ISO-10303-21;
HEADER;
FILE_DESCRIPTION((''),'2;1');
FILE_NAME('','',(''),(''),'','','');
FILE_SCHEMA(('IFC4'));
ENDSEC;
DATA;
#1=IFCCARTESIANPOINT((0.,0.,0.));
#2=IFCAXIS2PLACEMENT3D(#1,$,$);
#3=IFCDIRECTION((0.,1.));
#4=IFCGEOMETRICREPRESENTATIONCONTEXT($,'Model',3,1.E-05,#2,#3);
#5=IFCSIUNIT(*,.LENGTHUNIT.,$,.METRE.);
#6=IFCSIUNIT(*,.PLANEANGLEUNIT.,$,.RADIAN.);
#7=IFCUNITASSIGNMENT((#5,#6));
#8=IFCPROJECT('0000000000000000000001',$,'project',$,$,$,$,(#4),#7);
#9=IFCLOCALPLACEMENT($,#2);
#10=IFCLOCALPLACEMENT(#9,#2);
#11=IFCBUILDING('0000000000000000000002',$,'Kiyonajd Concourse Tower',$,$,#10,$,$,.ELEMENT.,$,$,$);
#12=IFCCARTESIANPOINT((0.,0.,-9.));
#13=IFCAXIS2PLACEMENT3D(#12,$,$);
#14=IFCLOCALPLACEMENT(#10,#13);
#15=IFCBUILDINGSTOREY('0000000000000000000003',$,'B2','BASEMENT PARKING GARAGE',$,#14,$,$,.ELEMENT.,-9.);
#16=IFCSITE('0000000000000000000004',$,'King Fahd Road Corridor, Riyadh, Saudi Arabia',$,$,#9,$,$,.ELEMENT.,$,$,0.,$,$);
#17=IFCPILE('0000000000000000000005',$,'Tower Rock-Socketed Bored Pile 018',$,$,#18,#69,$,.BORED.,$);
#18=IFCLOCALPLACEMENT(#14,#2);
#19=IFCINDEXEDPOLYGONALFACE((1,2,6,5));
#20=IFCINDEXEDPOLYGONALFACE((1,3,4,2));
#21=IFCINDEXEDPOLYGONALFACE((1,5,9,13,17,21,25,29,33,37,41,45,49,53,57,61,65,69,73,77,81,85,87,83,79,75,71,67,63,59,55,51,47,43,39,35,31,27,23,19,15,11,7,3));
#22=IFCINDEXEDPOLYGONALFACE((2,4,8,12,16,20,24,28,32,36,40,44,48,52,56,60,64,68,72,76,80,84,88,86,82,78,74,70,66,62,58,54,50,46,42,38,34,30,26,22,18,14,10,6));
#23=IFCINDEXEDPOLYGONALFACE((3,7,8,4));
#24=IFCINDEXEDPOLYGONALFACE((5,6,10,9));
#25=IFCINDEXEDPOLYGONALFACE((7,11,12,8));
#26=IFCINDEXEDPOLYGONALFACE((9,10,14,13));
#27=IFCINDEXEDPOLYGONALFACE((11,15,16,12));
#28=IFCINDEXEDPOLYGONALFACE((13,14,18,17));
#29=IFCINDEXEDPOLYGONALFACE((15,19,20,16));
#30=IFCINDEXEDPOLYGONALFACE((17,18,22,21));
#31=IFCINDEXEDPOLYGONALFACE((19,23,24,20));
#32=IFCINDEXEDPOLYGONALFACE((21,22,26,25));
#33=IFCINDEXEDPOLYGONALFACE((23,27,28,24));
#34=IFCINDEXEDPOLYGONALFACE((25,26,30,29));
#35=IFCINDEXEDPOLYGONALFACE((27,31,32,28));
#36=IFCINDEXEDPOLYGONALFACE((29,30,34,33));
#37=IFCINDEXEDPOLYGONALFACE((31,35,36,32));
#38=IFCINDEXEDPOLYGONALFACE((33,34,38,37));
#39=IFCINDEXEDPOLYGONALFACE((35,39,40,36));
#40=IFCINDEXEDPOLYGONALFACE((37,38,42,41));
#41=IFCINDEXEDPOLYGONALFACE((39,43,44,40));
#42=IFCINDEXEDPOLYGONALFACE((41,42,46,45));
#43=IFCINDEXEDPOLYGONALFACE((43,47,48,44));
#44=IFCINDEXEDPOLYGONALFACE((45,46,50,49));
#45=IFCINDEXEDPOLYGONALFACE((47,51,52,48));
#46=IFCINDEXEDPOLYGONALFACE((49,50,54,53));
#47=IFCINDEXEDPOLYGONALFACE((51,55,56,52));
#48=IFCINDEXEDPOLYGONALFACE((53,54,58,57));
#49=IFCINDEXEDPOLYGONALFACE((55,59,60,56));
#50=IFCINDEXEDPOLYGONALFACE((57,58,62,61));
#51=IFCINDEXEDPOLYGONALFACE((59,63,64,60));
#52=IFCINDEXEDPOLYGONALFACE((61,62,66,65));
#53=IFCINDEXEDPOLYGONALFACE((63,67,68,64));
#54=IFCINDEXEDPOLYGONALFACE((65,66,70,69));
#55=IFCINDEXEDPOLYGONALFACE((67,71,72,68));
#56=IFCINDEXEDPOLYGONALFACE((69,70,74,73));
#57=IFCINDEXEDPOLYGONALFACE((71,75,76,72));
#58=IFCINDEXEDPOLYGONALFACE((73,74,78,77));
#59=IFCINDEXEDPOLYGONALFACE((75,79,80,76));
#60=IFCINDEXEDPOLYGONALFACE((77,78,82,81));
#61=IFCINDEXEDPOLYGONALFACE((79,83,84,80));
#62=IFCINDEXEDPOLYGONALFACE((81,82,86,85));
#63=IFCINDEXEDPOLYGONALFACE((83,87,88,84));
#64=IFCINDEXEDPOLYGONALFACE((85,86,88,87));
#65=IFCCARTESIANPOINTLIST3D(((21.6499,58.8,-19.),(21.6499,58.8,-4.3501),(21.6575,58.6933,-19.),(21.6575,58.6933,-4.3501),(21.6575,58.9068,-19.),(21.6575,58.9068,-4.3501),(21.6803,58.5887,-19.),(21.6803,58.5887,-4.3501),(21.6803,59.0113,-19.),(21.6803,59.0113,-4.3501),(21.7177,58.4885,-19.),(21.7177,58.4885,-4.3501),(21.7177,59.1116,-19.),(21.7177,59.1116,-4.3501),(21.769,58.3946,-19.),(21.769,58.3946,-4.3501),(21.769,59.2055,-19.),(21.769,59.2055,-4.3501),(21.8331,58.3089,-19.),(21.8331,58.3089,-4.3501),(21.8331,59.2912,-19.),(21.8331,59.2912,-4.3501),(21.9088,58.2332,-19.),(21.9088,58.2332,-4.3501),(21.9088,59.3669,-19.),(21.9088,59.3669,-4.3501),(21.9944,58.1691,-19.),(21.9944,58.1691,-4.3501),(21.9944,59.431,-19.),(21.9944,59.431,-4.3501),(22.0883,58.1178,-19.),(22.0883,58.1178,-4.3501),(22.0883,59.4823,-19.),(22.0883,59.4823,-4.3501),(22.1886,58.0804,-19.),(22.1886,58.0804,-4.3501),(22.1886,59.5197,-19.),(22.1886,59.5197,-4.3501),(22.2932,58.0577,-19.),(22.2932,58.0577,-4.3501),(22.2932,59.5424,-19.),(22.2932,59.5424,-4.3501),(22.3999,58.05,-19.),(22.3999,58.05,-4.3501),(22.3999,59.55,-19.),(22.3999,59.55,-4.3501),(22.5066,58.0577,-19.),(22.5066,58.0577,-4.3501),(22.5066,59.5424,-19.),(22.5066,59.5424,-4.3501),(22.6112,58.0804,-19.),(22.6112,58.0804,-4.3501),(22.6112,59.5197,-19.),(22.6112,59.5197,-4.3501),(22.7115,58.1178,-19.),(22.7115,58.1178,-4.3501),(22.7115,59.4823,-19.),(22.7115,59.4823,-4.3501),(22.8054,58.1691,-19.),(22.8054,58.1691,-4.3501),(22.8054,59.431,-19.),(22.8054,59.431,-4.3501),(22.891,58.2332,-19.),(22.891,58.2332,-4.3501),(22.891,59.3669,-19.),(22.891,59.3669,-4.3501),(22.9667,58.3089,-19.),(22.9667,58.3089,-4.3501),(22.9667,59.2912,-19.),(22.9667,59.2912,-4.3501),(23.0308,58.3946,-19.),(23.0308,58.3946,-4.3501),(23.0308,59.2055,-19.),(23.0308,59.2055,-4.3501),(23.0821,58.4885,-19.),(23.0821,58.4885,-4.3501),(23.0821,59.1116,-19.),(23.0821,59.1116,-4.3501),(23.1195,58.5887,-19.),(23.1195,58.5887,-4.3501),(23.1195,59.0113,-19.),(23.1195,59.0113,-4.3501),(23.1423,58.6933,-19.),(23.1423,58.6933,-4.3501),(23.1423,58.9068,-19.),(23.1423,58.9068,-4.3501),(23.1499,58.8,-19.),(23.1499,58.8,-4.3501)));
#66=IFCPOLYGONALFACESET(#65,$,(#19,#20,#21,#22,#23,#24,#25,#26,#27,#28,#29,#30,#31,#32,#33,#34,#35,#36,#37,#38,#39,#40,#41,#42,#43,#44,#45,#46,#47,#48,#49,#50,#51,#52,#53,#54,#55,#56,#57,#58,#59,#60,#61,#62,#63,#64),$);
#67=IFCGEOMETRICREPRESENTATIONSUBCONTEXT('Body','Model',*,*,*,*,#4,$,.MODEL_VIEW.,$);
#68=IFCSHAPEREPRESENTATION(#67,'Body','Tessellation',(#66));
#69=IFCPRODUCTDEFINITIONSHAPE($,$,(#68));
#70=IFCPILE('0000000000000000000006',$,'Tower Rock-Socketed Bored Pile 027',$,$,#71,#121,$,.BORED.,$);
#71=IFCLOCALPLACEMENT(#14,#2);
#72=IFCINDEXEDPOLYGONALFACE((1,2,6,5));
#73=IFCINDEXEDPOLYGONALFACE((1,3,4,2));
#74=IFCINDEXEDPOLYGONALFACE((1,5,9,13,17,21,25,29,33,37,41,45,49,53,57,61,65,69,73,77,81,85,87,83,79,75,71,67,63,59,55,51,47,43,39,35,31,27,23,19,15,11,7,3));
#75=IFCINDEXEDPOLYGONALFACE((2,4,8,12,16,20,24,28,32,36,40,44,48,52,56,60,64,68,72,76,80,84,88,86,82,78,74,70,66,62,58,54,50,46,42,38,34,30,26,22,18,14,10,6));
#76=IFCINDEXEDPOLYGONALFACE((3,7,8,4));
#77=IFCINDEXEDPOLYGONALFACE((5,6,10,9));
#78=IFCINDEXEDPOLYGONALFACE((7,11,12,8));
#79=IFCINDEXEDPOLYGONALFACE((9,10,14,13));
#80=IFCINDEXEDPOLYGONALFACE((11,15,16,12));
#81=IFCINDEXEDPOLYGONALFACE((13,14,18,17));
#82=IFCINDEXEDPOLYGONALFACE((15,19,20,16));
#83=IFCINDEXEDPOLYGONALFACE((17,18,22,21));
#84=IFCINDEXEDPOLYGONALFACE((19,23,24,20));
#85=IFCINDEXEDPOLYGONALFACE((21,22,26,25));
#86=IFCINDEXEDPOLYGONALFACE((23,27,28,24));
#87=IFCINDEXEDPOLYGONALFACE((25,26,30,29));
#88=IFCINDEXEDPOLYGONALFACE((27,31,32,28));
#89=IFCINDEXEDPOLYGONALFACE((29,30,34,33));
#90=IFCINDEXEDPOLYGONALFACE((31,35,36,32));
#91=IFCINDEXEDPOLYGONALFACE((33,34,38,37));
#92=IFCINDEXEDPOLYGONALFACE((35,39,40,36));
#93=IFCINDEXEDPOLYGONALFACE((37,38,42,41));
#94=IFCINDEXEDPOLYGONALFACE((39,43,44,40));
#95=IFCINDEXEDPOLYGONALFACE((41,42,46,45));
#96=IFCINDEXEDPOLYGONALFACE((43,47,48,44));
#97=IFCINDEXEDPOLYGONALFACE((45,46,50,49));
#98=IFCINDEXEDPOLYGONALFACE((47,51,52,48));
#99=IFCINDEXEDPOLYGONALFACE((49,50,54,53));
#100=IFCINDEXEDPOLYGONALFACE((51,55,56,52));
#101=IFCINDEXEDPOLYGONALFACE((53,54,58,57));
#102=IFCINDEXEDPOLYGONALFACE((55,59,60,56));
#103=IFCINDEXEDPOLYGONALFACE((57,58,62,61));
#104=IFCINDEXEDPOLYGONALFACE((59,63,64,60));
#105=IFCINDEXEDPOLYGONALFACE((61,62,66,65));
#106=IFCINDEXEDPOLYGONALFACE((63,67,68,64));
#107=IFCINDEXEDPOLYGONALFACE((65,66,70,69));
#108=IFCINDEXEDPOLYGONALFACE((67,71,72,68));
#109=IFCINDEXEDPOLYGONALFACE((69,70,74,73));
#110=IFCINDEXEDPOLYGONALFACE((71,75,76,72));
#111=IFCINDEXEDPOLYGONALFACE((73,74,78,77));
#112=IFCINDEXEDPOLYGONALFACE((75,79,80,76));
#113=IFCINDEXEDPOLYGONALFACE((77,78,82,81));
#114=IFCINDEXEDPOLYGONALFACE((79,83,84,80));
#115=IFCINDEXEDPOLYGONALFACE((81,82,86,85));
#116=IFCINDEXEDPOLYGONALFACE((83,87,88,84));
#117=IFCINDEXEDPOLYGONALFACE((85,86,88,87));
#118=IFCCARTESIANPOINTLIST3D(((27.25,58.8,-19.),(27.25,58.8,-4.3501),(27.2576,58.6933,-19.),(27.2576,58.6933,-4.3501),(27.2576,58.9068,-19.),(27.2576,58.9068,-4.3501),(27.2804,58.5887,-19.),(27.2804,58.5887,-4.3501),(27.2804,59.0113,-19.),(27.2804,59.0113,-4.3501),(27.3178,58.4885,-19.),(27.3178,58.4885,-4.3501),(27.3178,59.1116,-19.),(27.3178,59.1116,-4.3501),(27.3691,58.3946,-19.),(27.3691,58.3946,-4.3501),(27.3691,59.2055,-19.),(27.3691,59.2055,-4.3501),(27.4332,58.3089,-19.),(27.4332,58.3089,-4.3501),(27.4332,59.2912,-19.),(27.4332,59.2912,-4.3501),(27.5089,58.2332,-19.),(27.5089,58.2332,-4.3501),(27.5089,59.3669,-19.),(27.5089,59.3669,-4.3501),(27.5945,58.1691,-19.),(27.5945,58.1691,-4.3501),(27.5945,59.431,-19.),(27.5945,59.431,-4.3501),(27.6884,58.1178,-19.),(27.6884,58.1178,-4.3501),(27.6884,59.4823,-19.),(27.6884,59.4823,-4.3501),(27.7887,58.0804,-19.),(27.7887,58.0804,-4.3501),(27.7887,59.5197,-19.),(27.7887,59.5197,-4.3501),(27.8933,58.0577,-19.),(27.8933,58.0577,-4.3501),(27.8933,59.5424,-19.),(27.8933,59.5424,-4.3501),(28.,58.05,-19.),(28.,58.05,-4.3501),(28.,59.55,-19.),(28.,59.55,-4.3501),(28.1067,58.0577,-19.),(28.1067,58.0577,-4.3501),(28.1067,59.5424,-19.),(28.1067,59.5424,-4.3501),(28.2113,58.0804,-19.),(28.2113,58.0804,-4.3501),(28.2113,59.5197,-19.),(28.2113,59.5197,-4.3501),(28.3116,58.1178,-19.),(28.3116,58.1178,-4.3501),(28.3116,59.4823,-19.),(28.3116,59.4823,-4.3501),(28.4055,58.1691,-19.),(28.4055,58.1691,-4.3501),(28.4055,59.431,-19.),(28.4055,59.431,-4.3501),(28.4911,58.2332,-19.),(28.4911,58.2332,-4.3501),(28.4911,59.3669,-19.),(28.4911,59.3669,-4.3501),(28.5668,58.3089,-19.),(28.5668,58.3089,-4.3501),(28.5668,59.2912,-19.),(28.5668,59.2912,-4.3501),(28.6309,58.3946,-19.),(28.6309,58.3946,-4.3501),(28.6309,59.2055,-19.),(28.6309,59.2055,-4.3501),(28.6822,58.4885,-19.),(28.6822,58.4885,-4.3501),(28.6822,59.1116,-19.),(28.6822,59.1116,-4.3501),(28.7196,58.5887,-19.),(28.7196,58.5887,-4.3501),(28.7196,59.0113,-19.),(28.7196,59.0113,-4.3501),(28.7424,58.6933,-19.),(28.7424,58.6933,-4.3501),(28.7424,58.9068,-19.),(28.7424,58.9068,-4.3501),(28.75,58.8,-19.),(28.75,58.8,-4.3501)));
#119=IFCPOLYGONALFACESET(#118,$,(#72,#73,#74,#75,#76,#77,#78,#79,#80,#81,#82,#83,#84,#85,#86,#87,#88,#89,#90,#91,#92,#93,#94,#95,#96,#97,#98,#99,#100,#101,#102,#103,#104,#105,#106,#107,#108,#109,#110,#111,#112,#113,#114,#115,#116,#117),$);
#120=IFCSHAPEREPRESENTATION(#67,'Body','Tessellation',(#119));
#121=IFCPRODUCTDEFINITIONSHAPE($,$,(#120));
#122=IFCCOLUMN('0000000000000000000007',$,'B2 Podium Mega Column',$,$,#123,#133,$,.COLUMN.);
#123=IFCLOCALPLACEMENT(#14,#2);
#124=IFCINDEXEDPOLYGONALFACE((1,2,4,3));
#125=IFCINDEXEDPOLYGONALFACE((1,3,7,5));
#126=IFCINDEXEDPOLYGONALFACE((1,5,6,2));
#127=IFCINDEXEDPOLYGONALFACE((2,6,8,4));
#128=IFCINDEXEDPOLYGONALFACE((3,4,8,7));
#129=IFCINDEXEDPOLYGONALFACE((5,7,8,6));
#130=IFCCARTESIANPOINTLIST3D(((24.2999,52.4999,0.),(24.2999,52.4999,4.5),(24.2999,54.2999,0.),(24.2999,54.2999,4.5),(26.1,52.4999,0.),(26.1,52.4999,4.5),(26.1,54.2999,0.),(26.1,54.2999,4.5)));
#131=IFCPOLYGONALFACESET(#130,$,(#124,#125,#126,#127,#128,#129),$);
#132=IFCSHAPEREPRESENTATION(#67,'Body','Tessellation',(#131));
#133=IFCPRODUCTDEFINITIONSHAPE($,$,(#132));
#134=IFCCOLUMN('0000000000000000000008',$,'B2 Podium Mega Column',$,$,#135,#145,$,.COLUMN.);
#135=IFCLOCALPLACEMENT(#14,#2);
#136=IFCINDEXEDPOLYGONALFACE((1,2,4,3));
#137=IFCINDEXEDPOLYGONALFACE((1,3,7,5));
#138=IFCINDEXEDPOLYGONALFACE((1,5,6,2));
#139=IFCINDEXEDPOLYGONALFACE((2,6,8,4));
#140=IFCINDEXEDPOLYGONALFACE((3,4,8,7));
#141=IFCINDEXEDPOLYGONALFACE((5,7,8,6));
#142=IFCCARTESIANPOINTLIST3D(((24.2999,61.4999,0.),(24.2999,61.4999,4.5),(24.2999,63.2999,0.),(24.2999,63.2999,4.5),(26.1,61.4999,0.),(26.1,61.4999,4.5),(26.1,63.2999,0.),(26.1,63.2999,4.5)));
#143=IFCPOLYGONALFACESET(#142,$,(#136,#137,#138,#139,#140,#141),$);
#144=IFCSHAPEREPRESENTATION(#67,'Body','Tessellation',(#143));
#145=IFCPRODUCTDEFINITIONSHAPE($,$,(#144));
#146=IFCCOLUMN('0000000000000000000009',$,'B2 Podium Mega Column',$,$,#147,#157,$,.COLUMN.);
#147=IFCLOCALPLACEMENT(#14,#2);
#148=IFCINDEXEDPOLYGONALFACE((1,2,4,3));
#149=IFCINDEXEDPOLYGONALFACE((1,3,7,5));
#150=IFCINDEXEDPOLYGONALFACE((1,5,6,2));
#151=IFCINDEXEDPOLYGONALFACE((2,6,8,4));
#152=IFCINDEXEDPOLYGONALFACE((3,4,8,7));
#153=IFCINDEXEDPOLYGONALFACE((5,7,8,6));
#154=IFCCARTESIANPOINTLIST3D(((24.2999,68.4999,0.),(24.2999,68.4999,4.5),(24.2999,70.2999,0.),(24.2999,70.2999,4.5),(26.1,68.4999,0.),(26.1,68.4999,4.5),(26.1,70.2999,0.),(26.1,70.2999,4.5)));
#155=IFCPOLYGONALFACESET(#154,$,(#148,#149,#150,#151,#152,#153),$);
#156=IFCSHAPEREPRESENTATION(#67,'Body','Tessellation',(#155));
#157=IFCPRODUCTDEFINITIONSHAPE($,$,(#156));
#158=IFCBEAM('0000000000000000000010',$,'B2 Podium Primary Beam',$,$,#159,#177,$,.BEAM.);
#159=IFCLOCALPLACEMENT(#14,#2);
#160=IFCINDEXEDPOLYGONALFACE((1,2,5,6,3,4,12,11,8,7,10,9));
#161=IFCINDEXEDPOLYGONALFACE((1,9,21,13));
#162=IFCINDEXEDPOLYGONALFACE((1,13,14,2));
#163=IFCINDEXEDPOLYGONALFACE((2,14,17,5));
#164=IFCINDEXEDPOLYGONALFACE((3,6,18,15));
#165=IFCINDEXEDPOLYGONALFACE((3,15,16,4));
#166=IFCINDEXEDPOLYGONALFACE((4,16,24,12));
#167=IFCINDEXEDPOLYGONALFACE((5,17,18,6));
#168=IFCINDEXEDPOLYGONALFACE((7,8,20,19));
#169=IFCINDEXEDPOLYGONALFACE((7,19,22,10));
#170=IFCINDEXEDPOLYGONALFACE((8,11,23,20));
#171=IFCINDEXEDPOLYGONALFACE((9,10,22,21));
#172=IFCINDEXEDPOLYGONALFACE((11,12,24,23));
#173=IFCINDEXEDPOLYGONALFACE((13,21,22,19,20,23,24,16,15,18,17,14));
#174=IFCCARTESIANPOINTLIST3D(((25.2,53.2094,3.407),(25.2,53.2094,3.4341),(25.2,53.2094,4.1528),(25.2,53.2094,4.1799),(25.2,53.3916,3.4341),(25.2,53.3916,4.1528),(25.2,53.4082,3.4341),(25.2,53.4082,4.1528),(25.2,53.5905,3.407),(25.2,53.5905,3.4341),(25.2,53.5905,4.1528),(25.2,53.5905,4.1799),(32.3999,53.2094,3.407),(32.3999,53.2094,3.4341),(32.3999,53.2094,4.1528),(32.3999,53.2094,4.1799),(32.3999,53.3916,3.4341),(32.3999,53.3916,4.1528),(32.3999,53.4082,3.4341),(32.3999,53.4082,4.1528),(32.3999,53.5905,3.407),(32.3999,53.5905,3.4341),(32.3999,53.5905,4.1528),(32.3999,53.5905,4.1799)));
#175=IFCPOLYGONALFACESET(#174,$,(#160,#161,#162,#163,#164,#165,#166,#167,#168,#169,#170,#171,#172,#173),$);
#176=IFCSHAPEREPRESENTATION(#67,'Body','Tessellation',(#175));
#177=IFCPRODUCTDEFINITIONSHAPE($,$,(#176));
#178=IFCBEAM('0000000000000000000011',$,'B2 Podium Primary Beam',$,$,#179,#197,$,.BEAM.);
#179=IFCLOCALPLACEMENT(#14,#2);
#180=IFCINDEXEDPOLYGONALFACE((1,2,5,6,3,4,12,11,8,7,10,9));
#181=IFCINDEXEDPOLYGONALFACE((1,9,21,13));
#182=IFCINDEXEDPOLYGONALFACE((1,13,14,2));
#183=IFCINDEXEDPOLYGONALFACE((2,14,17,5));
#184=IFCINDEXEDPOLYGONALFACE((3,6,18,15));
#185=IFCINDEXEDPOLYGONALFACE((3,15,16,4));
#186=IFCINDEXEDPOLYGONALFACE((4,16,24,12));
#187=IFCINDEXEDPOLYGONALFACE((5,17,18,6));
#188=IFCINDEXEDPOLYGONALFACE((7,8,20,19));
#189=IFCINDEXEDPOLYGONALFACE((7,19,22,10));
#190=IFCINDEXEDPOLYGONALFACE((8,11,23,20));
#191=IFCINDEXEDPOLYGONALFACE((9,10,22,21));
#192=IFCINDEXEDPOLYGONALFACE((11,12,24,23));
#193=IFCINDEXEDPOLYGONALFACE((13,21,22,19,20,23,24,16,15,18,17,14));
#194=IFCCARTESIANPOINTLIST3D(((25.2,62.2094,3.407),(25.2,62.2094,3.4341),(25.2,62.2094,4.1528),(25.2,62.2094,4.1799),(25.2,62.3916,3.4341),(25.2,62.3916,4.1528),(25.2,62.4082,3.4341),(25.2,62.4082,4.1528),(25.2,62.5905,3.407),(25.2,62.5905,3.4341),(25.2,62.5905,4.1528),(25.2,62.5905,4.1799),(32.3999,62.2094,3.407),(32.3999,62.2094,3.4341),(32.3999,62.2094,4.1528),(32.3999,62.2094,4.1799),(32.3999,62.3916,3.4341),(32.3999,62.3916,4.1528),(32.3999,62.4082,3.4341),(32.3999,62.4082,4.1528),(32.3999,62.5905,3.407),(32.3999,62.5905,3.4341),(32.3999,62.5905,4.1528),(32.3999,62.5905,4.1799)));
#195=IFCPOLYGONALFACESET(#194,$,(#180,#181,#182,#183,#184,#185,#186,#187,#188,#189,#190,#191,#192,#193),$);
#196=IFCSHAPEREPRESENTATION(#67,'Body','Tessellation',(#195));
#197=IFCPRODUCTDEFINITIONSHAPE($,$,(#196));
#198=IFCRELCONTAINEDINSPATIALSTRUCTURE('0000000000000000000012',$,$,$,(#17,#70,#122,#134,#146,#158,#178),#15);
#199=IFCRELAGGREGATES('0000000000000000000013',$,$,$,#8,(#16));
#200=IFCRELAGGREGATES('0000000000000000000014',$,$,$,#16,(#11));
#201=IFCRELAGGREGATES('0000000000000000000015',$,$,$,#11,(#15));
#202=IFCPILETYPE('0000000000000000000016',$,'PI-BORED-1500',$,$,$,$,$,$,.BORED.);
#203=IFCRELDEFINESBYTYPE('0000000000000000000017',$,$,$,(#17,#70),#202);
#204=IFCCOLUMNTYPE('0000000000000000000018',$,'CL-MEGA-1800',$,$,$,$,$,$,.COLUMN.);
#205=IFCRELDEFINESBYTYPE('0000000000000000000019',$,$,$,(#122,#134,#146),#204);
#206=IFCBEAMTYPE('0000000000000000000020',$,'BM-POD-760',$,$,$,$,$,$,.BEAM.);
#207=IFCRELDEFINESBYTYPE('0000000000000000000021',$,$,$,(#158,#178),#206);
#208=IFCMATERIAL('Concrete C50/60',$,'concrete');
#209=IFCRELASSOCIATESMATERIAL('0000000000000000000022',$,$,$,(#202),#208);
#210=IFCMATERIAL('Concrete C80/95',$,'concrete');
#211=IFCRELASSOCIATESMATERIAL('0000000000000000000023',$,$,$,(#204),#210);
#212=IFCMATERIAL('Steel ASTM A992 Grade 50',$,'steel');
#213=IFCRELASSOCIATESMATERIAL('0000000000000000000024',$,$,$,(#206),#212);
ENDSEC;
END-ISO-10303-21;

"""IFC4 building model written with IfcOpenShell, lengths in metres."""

from ifc_helpers import new_model, si_unit, direction, frame, origin, origin_2d, place, context, subcontext, project, spatial, rectangle, circle, i_section, extrude, material, material_profile, profile_set, type_object, element, save


model = new_model("IFC4")

# Units and contexts
model_context = context("Model", 3, precision=1e-05, world=origin(), true_north=direction((0.0, 1.0)))
body_context = subcontext(model_context, "Body", "Model", "MODEL_VIEW")
ifc_project = project(units=[si_unit("LENGTHUNIT", "METRE"), si_unit("PLANEANGLEUNIT", "RADIAN")], contexts=[model_context])

# Site, building, storey
site_placement = place(None, origin())
site = spatial("IfcSite", under=ifc_project, at=site_placement, Name="King Fahd Road Corridor, Riyadh, Saudi Arabia", CompositionType="ELEMENT", RefElevation=0.0)
building_placement = place(site_placement, origin())
building = spatial("IfcBuilding", under=site, at=building_placement, Name="Kiyonajd Concourse Tower", CompositionType="ELEMENT")
storey_placement = place(building_placement, frame((0.0, 0.0, -9.0)))
storey = spatial("IfcBuildingStorey", under=building, at=storey_placement, Name="B2", Description="BASEMENT PARKING GARAGE", CompositionType="ELEMENT", Elevation=-9.0)

# Shared definitions
ifc_material_1 = material(Name="Concrete C50/60", Category="concrete")

# Piles
ifc_material_profile_1 = material_profile(ifc_material_1, circle(Radius=0.75, at=origin_2d()), Name="PILE-D1500")
ifc_profile_set_1 = profile_set([ifc_material_profile_1], Name="Concrete C50/60")
pile_type_1 = type_object("IfcPileType", Name="PI-BORED-1500", PredefinedType="BORED", material=ifc_profile_set_1)
for number, where, z_axis, x_axis, name in (
    (1, (22.3999, 58.8, -4.3501), (0.0, 0.0, -1.0), (1.0, 0.0, 0.0), "Tower Rock-Socketed Bored Pile 018"),
    (2, (28.0, 58.8, -4.3501), (0.0, 0.0, -1.0), (1.0, 0.0, 0.0), "Tower Rock-Socketed Bored Pile 027"),
):
    element("IfcPile", number, at=place(storey_placement, frame(where, z_axis=z_axis, x_axis=x_axis)), inside=storey, type_object=pile_type_1, Name=name, PredefinedType="BORED", context=body_context, shape_type="SweptSolid", body=[
        extrude(circle(Radius=0.75, at=origin_2d()), origin(), (0.0, 0.0, 1.0), 14.6499),
    ])

# Columns
ifc_material_2 = material(Name="Concrete C80/95", Category="concrete")
ifc_material_profile_2 = material_profile(ifc_material_2, rectangle(XDim=1.8, YDim=1.8, at=origin_2d()), Name="RC-1800x1800")
ifc_profile_set_2 = profile_set([ifc_material_profile_2], Name="Concrete C80/95")
column_type = type_object("IfcColumnType", Name="CL-MEGA-1800", PredefinedType="COLUMN", material=ifc_profile_set_2)
for number, where, z_axis, x_axis, name in (
    (3, (25.2, 53.3999, 0.0), (0.0, 0.0, 1.0), (1.0, 0.0, 0.0), "B2 Podium Mega Column"),
    (4, (25.2, 62.3999, 0.0), (0.0, 0.0, 1.0), (1.0, 0.0, 0.0), "B2 Podium Mega Column"),
    (5, (25.2, 69.3999, 0.0), (0.0, 0.0, 1.0), (1.0, 0.0, 0.0), "B2 Podium Mega Column"),
):
    element("IfcColumn", number, at=place(storey_placement, frame(where, z_axis=z_axis, x_axis=x_axis)), inside=storey, type_object=column_type, Name=name, PredefinedType="COLUMN", context=body_context, shape_type="SweptSolid", body=[
        extrude(rectangle(XDim=1.8, YDim=1.8, at=origin_2d()), origin(), (0.0, 0.0, 1.0), 4.5),
    ])

# Beams
ifc_material_3 = material(Name="Steel ASTM A992 Grade 50", Category="steel")
ifc_material_profile_3 = material_profile(ifc_material_3, i_section(OverallWidth=0.3811, OverallDepth=0.7729, WebThickness=0.0166, FlangeThickness=0.0271, at=origin_2d()), Name="W760X257")
ifc_profile_set_3 = profile_set([ifc_material_profile_3], Name="Steel ASTM A992 Grade 50")
beam_type = type_object("IfcBeamType", Name="BM-POD-760", PredefinedType="BEAM", material=ifc_profile_set_3)
for number, where, z_axis, x_axis, name in (
    (6, (25.2, 53.3999, 3.7935), (1.0, 0.0, 0.0), (0.0, 1.0, 0.0), "B2 Podium Primary Beam"),
    (7, (25.2, 62.3999, 3.7935), (1.0, 0.0, 0.0), (0.0, 1.0, 0.0), "B2 Podium Primary Beam"),
):
    element("IfcBeam", number, at=place(storey_placement, frame(where, z_axis=z_axis, x_axis=x_axis)), inside=storey, type_object=beam_type, Name=name, PredefinedType="BEAM", context=body_context, shape_type="SweptSolid", body=[
        extrude(i_section(OverallWidth=0.3811, OverallDepth=0.7729, WebThickness=0.0166, FlangeThickness=0.0271, at=origin_2d()), origin(), (0.0, 0.0, 1.0), 7.2),
    ])

save(model, "model.ifc")
